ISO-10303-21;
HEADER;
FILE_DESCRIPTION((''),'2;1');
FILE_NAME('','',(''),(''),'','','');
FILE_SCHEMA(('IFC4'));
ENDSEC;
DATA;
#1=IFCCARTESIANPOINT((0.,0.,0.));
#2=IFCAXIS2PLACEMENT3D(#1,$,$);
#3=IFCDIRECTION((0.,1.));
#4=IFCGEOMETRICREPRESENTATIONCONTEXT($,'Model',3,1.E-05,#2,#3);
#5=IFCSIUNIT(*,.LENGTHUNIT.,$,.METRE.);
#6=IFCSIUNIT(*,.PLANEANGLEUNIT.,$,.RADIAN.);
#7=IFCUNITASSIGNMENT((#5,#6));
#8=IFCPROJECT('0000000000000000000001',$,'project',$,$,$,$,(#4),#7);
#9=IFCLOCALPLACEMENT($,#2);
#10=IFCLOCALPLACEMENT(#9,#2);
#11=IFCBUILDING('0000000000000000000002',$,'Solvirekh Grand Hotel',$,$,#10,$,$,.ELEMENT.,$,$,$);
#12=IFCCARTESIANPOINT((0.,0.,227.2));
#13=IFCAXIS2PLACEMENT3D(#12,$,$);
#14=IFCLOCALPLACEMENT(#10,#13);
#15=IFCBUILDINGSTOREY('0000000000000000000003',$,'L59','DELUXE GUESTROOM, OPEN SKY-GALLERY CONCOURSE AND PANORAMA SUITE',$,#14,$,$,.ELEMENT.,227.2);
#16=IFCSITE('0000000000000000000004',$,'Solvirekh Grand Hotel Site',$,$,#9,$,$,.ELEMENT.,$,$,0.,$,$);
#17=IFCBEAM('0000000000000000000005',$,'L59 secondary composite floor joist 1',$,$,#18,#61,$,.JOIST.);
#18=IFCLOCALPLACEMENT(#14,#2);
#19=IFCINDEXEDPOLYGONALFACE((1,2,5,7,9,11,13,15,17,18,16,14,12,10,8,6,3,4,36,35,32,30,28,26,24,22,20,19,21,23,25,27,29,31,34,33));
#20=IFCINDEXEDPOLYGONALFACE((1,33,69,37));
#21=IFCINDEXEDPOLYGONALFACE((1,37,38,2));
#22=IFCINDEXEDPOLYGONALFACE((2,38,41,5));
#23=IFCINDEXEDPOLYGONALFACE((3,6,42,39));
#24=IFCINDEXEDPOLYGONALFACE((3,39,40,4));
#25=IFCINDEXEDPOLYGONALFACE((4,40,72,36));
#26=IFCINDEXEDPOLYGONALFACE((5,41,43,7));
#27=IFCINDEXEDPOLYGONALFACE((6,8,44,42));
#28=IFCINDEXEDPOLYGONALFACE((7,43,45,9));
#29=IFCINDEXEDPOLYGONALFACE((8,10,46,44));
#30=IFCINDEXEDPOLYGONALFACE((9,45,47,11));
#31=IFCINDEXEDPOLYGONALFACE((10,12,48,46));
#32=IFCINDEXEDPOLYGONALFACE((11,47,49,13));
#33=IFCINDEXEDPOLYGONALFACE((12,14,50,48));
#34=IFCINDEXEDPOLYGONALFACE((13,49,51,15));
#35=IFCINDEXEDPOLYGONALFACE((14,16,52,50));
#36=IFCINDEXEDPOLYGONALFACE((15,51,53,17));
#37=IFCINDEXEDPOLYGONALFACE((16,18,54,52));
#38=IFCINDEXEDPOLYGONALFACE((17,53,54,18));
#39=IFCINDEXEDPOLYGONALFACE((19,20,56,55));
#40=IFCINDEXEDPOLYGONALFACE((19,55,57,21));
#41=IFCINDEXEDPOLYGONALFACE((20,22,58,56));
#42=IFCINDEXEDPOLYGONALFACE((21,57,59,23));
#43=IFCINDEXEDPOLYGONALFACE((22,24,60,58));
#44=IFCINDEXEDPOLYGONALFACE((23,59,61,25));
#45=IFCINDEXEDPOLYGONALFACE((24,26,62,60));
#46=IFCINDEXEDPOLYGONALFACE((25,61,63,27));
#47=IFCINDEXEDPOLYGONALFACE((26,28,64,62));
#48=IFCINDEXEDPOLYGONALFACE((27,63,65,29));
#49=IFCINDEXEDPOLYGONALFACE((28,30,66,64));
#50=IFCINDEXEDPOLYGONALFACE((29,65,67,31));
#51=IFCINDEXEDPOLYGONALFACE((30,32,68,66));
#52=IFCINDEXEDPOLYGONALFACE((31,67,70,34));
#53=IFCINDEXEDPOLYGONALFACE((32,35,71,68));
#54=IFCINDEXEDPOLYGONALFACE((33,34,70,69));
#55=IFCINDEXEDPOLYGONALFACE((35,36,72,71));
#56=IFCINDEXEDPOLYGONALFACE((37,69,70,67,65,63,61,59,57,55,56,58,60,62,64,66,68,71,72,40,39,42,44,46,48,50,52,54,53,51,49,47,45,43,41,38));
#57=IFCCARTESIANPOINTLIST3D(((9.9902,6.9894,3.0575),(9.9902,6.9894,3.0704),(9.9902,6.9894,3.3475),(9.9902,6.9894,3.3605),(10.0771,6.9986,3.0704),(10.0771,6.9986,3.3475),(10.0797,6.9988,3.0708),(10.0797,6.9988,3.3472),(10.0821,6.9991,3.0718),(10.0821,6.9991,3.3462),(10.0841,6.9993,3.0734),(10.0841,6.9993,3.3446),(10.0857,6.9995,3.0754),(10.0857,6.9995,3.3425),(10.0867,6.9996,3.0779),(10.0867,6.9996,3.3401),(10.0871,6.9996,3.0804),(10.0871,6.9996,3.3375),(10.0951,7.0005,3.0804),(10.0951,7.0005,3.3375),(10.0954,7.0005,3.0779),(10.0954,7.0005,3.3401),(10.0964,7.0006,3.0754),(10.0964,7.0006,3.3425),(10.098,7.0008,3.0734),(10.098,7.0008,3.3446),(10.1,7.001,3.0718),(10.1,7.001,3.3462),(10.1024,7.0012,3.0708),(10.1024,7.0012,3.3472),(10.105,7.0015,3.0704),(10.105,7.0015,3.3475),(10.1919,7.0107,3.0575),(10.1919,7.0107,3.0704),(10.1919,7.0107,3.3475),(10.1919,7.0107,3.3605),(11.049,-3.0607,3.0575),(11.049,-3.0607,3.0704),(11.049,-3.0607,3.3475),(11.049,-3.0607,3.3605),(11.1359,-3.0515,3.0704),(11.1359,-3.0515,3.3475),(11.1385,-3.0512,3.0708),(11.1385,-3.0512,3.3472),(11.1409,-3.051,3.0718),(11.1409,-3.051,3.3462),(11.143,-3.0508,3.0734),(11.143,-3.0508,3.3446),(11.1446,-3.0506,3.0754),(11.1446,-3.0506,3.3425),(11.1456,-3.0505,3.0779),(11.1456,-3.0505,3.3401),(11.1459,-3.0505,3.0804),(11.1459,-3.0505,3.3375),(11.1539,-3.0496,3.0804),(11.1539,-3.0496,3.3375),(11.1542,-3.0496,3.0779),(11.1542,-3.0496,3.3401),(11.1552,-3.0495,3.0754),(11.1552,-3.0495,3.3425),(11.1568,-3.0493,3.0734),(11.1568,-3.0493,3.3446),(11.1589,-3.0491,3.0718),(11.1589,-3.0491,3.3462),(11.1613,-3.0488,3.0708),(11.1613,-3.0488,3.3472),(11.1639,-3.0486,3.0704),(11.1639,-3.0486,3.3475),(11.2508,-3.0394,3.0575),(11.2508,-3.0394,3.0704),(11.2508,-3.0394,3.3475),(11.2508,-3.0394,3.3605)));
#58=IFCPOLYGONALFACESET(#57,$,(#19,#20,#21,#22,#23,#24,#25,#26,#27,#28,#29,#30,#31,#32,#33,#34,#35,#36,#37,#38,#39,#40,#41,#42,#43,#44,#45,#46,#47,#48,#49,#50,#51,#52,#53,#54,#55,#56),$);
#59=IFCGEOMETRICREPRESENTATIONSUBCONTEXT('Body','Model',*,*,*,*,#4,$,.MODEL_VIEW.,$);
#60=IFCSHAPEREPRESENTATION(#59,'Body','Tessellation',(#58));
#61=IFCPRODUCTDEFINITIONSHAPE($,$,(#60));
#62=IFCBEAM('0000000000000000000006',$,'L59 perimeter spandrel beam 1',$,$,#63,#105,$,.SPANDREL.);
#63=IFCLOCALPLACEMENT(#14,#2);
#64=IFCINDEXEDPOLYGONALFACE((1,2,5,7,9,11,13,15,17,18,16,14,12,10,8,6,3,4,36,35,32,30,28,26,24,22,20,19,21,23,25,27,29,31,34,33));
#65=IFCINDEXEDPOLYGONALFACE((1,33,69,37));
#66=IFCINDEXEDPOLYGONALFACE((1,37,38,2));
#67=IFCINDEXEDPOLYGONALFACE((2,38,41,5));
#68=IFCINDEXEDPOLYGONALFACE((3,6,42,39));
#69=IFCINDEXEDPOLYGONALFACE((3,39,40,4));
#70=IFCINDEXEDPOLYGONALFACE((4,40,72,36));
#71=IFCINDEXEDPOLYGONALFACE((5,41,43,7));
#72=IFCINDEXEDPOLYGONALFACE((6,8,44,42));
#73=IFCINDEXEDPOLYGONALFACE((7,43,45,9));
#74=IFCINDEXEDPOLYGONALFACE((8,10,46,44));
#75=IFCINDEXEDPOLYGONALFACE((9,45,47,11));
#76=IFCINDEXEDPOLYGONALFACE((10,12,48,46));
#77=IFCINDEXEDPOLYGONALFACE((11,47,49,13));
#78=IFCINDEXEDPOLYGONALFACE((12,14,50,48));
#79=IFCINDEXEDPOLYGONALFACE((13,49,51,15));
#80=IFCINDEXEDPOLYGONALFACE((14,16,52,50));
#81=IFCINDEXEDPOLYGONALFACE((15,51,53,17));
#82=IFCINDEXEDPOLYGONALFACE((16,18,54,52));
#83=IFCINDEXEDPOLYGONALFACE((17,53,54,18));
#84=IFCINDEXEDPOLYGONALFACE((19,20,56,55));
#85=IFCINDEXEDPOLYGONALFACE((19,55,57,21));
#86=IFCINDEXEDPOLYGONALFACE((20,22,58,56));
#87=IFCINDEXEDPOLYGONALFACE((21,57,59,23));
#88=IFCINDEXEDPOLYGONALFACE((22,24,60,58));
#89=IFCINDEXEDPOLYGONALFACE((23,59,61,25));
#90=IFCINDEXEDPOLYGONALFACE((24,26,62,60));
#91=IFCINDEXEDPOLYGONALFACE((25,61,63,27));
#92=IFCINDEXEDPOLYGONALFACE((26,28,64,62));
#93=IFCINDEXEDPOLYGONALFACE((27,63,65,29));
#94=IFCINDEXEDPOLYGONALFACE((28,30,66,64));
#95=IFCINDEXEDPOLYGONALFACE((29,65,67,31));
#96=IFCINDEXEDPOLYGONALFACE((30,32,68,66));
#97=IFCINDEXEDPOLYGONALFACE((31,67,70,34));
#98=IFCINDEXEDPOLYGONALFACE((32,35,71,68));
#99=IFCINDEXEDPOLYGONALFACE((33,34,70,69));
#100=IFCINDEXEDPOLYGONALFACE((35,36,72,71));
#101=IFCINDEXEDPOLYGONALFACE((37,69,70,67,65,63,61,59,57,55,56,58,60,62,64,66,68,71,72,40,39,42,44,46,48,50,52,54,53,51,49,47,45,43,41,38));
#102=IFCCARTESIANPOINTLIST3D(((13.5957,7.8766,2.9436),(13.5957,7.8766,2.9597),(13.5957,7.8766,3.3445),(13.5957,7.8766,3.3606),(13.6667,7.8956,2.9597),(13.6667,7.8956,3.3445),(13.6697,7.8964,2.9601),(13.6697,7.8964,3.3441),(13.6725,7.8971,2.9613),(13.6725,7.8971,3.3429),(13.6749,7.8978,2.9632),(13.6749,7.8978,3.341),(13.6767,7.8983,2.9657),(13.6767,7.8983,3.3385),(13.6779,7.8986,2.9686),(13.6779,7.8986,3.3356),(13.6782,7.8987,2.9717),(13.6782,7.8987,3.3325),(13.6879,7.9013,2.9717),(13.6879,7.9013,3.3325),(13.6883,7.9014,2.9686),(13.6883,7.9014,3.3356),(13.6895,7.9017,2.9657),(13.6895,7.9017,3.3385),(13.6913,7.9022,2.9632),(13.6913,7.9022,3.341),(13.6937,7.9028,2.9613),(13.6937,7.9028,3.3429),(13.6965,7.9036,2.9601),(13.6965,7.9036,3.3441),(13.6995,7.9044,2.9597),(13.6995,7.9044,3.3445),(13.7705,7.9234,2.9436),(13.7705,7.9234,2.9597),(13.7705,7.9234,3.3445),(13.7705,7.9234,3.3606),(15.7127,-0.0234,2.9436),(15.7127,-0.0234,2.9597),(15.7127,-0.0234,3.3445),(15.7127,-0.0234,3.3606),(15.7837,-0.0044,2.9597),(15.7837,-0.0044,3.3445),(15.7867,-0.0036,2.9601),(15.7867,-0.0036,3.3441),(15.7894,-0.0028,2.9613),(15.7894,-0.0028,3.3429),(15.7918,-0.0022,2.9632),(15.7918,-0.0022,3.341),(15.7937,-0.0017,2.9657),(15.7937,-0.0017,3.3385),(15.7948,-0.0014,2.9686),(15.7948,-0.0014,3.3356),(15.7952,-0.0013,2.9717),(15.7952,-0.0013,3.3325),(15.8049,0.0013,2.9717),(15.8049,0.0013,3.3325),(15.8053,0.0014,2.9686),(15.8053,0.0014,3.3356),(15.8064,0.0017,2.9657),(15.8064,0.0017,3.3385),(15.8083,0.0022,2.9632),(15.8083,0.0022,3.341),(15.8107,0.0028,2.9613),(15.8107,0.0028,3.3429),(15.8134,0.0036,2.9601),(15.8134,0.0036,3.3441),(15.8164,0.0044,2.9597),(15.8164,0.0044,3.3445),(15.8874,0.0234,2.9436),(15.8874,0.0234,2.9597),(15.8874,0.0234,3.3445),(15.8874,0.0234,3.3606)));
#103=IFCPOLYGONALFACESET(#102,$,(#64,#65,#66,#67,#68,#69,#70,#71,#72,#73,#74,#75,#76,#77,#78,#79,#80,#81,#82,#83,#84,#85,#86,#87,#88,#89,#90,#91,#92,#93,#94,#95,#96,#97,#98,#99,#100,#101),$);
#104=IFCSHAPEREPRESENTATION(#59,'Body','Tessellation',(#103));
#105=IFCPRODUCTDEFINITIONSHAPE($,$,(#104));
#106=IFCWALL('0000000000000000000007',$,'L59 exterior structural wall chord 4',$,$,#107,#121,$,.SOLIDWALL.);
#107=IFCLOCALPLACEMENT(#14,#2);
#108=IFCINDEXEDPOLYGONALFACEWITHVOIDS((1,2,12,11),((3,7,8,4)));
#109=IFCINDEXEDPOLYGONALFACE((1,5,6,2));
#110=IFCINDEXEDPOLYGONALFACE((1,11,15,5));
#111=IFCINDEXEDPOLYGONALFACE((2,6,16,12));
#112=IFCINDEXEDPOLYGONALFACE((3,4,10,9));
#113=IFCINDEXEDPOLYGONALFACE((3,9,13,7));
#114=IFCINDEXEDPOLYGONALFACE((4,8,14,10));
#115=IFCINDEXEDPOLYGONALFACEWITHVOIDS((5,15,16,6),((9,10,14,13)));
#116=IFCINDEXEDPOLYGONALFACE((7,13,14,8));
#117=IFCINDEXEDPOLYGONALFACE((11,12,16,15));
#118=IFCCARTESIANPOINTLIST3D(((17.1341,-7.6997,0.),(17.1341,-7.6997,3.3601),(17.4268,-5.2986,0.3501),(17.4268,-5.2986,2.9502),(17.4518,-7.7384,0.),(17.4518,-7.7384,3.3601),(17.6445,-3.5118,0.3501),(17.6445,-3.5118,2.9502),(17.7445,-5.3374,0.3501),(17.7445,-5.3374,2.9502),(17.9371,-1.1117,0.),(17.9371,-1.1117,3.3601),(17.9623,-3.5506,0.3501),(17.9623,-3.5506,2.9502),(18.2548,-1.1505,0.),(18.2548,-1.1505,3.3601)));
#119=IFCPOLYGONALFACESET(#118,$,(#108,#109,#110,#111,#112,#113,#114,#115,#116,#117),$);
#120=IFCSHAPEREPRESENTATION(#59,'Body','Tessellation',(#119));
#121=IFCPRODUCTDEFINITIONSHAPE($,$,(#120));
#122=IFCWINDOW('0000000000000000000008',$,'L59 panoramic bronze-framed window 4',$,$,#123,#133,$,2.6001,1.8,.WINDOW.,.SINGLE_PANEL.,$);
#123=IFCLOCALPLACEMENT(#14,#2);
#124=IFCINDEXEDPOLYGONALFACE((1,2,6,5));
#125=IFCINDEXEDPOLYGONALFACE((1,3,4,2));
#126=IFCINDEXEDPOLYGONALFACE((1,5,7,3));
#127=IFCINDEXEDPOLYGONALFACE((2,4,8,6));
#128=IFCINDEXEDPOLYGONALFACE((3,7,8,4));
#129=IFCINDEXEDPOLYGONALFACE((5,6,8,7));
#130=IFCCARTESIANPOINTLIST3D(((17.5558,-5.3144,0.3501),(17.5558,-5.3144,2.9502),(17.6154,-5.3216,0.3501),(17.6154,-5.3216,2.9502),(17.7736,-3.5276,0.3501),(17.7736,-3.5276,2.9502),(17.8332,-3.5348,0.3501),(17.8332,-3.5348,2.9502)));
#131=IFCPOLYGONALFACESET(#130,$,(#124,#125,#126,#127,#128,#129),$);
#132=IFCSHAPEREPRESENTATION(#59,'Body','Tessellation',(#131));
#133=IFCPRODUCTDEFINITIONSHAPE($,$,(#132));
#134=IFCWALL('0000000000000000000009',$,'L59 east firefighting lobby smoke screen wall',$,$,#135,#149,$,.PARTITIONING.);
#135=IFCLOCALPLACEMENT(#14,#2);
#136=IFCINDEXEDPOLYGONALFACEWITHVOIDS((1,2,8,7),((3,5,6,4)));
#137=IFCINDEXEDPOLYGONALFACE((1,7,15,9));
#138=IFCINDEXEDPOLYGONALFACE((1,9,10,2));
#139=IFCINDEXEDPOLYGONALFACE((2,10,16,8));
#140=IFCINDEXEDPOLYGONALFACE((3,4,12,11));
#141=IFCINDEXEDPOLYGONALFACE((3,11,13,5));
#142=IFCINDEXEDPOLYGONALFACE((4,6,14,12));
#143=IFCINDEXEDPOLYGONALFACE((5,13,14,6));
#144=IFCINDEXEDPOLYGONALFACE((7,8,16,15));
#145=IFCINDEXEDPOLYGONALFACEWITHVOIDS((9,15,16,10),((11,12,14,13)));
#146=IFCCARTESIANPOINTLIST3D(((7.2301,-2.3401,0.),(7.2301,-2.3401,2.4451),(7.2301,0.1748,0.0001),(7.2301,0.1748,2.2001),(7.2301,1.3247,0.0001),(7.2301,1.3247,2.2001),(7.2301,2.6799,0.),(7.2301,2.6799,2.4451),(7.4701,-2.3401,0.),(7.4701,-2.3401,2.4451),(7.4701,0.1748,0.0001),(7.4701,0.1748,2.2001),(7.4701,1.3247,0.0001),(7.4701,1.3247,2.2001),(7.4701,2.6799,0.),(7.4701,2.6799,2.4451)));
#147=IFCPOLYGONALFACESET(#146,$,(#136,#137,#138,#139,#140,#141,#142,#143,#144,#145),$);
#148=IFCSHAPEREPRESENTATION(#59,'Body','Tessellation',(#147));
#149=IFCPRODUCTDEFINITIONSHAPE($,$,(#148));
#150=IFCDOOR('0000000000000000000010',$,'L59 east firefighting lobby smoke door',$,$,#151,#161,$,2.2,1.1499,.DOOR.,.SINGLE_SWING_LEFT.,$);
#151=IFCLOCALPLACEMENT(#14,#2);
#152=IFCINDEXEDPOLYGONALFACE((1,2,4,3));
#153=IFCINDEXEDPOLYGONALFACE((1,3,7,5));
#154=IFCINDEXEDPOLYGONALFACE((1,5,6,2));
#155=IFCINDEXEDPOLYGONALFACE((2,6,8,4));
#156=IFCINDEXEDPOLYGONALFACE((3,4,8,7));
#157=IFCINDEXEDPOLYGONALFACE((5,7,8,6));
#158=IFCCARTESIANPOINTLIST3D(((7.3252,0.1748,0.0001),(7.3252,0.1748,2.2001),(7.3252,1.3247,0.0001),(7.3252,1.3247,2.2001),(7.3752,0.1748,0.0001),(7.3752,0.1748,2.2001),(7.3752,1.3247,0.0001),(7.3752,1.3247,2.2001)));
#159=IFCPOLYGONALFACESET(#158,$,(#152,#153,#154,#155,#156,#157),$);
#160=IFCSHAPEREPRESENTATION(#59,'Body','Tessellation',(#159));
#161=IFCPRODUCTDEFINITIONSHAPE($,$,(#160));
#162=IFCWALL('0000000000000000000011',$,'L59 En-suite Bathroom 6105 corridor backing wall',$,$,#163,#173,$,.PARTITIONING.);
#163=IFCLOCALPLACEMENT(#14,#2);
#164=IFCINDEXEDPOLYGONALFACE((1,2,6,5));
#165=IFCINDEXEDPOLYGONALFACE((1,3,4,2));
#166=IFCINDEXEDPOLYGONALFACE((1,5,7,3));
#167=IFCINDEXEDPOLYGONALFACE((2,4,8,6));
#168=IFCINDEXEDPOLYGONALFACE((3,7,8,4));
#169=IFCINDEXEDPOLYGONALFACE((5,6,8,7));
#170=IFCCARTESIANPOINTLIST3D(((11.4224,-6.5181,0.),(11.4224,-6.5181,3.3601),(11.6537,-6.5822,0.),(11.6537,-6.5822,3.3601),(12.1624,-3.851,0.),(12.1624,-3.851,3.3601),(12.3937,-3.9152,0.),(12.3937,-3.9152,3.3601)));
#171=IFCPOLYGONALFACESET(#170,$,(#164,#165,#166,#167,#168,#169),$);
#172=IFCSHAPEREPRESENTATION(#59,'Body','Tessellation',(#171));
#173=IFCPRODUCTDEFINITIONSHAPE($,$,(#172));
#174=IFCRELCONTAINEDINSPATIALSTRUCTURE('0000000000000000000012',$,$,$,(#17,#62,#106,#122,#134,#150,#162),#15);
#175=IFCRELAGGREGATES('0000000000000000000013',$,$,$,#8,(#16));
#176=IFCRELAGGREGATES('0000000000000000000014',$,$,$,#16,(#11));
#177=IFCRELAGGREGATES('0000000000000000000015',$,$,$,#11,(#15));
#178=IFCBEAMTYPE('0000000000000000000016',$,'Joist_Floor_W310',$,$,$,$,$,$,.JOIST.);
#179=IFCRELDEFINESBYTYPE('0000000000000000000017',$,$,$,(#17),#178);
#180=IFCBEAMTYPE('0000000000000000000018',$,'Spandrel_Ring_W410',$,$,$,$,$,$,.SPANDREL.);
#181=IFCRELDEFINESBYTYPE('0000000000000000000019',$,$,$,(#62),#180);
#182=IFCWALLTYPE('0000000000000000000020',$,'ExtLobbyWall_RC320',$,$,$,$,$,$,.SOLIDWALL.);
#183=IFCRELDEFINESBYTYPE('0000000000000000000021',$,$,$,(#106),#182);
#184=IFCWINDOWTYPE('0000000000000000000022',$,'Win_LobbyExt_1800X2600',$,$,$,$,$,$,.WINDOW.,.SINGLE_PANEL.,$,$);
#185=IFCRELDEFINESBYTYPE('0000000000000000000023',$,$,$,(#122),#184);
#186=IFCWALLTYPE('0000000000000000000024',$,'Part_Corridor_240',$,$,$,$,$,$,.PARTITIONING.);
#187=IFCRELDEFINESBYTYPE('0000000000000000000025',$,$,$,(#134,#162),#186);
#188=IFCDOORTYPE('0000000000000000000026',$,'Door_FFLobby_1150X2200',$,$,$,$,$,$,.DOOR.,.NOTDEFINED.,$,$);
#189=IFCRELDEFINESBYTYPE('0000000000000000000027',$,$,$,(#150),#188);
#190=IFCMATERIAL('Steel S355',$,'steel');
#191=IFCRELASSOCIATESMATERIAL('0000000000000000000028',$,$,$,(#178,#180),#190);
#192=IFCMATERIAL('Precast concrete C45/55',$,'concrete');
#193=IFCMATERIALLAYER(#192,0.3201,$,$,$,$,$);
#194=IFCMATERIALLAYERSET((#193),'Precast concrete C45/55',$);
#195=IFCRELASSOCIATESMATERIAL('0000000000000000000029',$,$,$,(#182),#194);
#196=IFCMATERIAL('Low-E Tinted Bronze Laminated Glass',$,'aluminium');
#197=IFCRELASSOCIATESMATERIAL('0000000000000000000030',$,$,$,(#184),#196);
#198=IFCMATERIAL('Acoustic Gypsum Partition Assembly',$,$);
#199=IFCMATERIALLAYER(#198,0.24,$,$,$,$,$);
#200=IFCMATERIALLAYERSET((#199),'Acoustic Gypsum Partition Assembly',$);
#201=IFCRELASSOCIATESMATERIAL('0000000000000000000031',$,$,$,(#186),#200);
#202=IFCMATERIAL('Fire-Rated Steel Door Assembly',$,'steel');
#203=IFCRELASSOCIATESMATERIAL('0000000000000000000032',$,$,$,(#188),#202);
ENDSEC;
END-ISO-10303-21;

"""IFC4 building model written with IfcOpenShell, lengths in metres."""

from ifc_helpers import new_model, si_unit, direction, frame, frame_2d, origin, origin_2d, place, context, subcontext, project, spatial, rectangle, i_section, extrude, material, layer, layer_set, material_profile, profile_set, type_object, element, fill, save


model = new_model("IFC4")

# Units and contexts
model_context = context("Model", 3, precision=1e-05, world=origin(), true_north=direction((0.0, 1.0)))
body_context = subcontext(model_context, "Body", "Model", "MODEL_VIEW")
ifc_project = project(units=[si_unit("LENGTHUNIT", "METRE"), si_unit("PLANEANGLEUNIT", "RADIAN")], contexts=[model_context])

# Site, building, storey
site_placement = place(None, origin())
site = spatial("IfcSite", under=ifc_project, at=site_placement, Name="Solvirekh Grand Hotel Site", CompositionType="ELEMENT", RefElevation=0.0)
building_placement = place(site_placement, origin())
building = spatial("IfcBuilding", under=site, at=building_placement, Name="Solvirekh Grand Hotel", CompositionType="ELEMENT")
storey_placement = place(building_placement, frame((0.0, 0.0, 227.2)))
storey = spatial("IfcBuildingStorey", under=building, at=storey_placement, Name="L59", Description="DELUXE GUESTROOM, OPEN SKY-GALLERY CONCOURSE AND PANORAMA SUITE", CompositionType="ELEMENT", Elevation=227.2)

# Beams
ifc_material_1 = material(Name="Steel S355", Category="steel")
ifc_material_profile_1 = material_profile(ifc_material_1, i_section(OverallWidth=0.2029, OverallDepth=0.303, WebThickness=0.0081, FlangeThickness=0.0129, FilletRadius=0.01, at=origin_2d()), Name="W310X60")
ifc_profile_set_1 = profile_set([ifc_material_profile_1], Name="Steel S355")
beam_type_1 = type_object("IfcBeamType", Name="Joist_Floor_W310", PredefinedType="JOIST", material=ifc_profile_set_1)
beam_1_placement = place(storey_placement, frame((11.1499, -3.05, 3.209), z_axis=(-0.104777, 0.994496, 0.0), x_axis=(-0.994496, -0.104777, 0.0)))
element("IfcBeam", 1, at=beam_1_placement, inside=storey, type_object=beam_type_1, Name="L59 secondary composite floor joist 1", PredefinedType="JOIST", context=body_context, shape_type="SweptSolid", body=[
    extrude(i_section(OverallWidth=0.2029, OverallDepth=0.303, WebThickness=0.0081, FlangeThickness=0.0129, FilletRadius=0.01, at=origin_2d()), origin(), (0.0, 0.0, 1.0), 10.1057),
])
ifc_material_profile_2 = material_profile(ifc_material_1, i_section(OverallWidth=0.1809, OverallDepth=0.417, WebThickness=0.01, FlangeThickness=0.0161, FilletRadius=0.012, at=origin_2d()), Name="W410X85")
ifc_profile_set_2 = profile_set([ifc_material_profile_2], Name="Steel S355")
beam_type_2 = type_object("IfcBeamType", Name="Spandrel_Ring_W410", PredefinedType="SPANDREL", material=ifc_profile_set_2)
beam_2_placement = place(storey_placement, frame((15.8, 0.0, 3.1521), z_axis=(-0.258839, 0.965921, 0.0), x_axis=(-0.965921, -0.258839, 0.0)))
element("IfcBeam", 2, at=beam_2_placement, inside=storey, type_object=beam_type_2, Name="L59 perimeter spandrel beam 1", PredefinedType="SPANDREL", context=body_context, shape_type="SweptSolid", body=[
    extrude(i_section(OverallWidth=0.1809, OverallDepth=0.417, WebThickness=0.01, FlangeThickness=0.0161, FilletRadius=0.012, at=origin_2d()), origin(), (0.0, 0.0, 1.0), 8.1787),
])

# Wall, opening, window
ifc_material_2 = material(Name="Precast concrete C45/55", Category="concrete")
ifc_layer_1 = layer(ifc_material_2, 0.3201)
ifc_layer_set_1 = layer_set([ifc_layer_1], Name="Precast concrete C45/55")
wall_type_1 = type_object("IfcWallType", Name="ExtLobbyWall_RC320", PredefinedType="SOLIDWALL", material=ifc_layer_set_1)
wall_1_placement = place(storey_placement, frame((18.0959, -1.1311, 0.0), z_axis=(0.0, 0.0, 1.0), x_axis=(-0.120992, -0.992654, 0.0)))
wall_1 = element("IfcWall", 3, at=wall_1_placement, inside=storey, type_object=wall_type_1, Name="L59 exterior structural wall chord 4", PredefinedType="SOLIDWALL", context=body_context, shape_type="SweptSolid", body=[
    extrude(rectangle(XDim=6.6367, YDim=0.3201, at=frame_2d((3.3184, 0.0))), origin(), (0.0, 0.0, 1.0), 3.3601),
])
opening_1_placement = place(wall_1_placement, frame((2.418, 0.0, 0.3501)))
opening_1 = element("IfcOpeningElement", 4, at=opening_1_placement, cuts=wall_1, PredefinedType="OPENING", context=body_context, shape_type="SweptSolid", body=[
    extrude(rectangle(XDim=1.8, YDim=2.6001, at=frame_2d((0.8999, 1.3))), frame((0.0, 0.1699, 0.0), z_axis=(0.0, -1.0, 0.0), x_axis=(1.0, 0.0, 0.0)), (0.0, 0.0, 1.0), 0.3401),
])
ifc_material_3 = material(Name="Low-E Tinted Bronze Laminated Glass", Category="aluminium")
window_type = type_object("IfcWindowType", Name="Win_LobbyExt_1800X2600", PartitioningType="SINGLE_PANEL", PredefinedType="WINDOW", material=ifc_material_3)
window_placement = place(opening_1_placement, origin())
window = element("IfcWindow", 5, at=window_placement, inside=storey, type_object=window_type, Name="L59 panoramic bronze-framed window 4", OverallHeight=2.6001, OverallWidth=1.8, PartitioningType="SINGLE_PANEL", PredefinedType="WINDOW", context=body_context, shape_type="SweptSolid", body=[
    extrude(rectangle(XDim=1.8, YDim=2.6001, at=frame_2d((0.8999, 1.3))), frame((0.0, 0.03, 0.0), z_axis=(0.0, -1.0, 0.0), x_axis=(1.0, 0.0, 0.0)), (0.0, 0.0, 1.0), 0.0601),
])
fill(opening_1, window)

# Wall, opening, door
ifc_material_4 = material(Name="Acoustic Gypsum Partition Assembly")
ifc_layer_2 = layer(ifc_material_4, 0.24)
ifc_layer_set_2 = layer_set([ifc_layer_2], Name="Acoustic Gypsum Partition Assembly")
wall_type_2 = type_object("IfcWallType", Name="Part_Corridor_240", PredefinedType="PARTITIONING", material=ifc_layer_set_2)
wall_2_placement = place(storey_placement, frame((7.3501, -2.3401, 0.0), z_axis=(0.0, 0.0, 1.0), x_axis=(0.0, 1.0, 0.0)))
wall_2 = element("IfcWall", 6, at=wall_2_placement, inside=storey, type_object=wall_type_2, Name="L59 east firefighting lobby smoke screen wall", PredefinedType="PARTITIONING", context=body_context, shape_type="SweptSolid", body=[
    extrude(rectangle(XDim=5.02, YDim=0.24, at=frame_2d((2.51, 0.0))), origin(), (0.0, 0.0, 1.0), 2.4451),
])
opening_2_placement = place(wall_2_placement, frame((2.5149, 0.0, 0.0)))
opening_2 = element("IfcOpeningElement", 7, at=opening_2_placement, cuts=wall_2, PredefinedType="OPENING", context=body_context, shape_type="SweptSolid", body=[
    extrude(rectangle(XDim=1.1499, YDim=2.2, at=frame_2d((0.575, 1.1001))), frame((0.0, 0.1299, 0.0), z_axis=(0.0, -1.0, 0.0), x_axis=(1.0, 0.0, 0.0)), (0.0, 0.0, 1.0), 0.26),
])
ifc_material_5 = material(Name="Fire-Rated Steel Door Assembly", Category="steel")
door_type_1 = type_object("IfcDoorType", Name="Door_FFLobby_1150X2200", OperationType="NOTDEFINED", PredefinedType="DOOR", material=ifc_material_5)
door_1_placement = place(opening_2_placement, origin())
door_1 = element("IfcDoor", 8, at=door_1_placement, inside=storey, type_object=door_type_1, Name="L59 east firefighting lobby smoke door", OperationType="SINGLE_SWING_LEFT", OverallHeight=2.2, OverallWidth=1.1499, PredefinedType="DOOR", context=body_context, shape_type="SweptSolid", body=[
    extrude(rectangle(XDim=1.1499, YDim=2.2, at=frame_2d((0.575, 1.1001))), frame((0.0, 0.0249, 0.0), z_axis=(0.0, -1.0, 0.0), x_axis=(1.0, 0.0, 0.0)), (0.0, 0.0, 1.0), 0.05),
])
fill(opening_2, door_1)

# Wall
wall_3_placement = place(storey_placement, frame((11.5381, -6.55, 0.0), z_axis=(0.0, 0.0, 1.0), x_axis=(0.267362, 0.963596, 0.0)))
element("IfcWall", 9, at=wall_3_placement, inside=storey, type_object=wall_type_2, Name="L59 En-suite Bathroom 6105 corridor backing wall", PredefinedType="PARTITIONING", context=body_context, shape_type="SweptSolid", body=[
    extrude(rectangle(XDim=2.7678, YDim=0.24, at=frame_2d((1.3838, 0.0))), origin(), (0.0, 0.0, 1.0), 3.3601),
])

save(model, "model.ifc")
